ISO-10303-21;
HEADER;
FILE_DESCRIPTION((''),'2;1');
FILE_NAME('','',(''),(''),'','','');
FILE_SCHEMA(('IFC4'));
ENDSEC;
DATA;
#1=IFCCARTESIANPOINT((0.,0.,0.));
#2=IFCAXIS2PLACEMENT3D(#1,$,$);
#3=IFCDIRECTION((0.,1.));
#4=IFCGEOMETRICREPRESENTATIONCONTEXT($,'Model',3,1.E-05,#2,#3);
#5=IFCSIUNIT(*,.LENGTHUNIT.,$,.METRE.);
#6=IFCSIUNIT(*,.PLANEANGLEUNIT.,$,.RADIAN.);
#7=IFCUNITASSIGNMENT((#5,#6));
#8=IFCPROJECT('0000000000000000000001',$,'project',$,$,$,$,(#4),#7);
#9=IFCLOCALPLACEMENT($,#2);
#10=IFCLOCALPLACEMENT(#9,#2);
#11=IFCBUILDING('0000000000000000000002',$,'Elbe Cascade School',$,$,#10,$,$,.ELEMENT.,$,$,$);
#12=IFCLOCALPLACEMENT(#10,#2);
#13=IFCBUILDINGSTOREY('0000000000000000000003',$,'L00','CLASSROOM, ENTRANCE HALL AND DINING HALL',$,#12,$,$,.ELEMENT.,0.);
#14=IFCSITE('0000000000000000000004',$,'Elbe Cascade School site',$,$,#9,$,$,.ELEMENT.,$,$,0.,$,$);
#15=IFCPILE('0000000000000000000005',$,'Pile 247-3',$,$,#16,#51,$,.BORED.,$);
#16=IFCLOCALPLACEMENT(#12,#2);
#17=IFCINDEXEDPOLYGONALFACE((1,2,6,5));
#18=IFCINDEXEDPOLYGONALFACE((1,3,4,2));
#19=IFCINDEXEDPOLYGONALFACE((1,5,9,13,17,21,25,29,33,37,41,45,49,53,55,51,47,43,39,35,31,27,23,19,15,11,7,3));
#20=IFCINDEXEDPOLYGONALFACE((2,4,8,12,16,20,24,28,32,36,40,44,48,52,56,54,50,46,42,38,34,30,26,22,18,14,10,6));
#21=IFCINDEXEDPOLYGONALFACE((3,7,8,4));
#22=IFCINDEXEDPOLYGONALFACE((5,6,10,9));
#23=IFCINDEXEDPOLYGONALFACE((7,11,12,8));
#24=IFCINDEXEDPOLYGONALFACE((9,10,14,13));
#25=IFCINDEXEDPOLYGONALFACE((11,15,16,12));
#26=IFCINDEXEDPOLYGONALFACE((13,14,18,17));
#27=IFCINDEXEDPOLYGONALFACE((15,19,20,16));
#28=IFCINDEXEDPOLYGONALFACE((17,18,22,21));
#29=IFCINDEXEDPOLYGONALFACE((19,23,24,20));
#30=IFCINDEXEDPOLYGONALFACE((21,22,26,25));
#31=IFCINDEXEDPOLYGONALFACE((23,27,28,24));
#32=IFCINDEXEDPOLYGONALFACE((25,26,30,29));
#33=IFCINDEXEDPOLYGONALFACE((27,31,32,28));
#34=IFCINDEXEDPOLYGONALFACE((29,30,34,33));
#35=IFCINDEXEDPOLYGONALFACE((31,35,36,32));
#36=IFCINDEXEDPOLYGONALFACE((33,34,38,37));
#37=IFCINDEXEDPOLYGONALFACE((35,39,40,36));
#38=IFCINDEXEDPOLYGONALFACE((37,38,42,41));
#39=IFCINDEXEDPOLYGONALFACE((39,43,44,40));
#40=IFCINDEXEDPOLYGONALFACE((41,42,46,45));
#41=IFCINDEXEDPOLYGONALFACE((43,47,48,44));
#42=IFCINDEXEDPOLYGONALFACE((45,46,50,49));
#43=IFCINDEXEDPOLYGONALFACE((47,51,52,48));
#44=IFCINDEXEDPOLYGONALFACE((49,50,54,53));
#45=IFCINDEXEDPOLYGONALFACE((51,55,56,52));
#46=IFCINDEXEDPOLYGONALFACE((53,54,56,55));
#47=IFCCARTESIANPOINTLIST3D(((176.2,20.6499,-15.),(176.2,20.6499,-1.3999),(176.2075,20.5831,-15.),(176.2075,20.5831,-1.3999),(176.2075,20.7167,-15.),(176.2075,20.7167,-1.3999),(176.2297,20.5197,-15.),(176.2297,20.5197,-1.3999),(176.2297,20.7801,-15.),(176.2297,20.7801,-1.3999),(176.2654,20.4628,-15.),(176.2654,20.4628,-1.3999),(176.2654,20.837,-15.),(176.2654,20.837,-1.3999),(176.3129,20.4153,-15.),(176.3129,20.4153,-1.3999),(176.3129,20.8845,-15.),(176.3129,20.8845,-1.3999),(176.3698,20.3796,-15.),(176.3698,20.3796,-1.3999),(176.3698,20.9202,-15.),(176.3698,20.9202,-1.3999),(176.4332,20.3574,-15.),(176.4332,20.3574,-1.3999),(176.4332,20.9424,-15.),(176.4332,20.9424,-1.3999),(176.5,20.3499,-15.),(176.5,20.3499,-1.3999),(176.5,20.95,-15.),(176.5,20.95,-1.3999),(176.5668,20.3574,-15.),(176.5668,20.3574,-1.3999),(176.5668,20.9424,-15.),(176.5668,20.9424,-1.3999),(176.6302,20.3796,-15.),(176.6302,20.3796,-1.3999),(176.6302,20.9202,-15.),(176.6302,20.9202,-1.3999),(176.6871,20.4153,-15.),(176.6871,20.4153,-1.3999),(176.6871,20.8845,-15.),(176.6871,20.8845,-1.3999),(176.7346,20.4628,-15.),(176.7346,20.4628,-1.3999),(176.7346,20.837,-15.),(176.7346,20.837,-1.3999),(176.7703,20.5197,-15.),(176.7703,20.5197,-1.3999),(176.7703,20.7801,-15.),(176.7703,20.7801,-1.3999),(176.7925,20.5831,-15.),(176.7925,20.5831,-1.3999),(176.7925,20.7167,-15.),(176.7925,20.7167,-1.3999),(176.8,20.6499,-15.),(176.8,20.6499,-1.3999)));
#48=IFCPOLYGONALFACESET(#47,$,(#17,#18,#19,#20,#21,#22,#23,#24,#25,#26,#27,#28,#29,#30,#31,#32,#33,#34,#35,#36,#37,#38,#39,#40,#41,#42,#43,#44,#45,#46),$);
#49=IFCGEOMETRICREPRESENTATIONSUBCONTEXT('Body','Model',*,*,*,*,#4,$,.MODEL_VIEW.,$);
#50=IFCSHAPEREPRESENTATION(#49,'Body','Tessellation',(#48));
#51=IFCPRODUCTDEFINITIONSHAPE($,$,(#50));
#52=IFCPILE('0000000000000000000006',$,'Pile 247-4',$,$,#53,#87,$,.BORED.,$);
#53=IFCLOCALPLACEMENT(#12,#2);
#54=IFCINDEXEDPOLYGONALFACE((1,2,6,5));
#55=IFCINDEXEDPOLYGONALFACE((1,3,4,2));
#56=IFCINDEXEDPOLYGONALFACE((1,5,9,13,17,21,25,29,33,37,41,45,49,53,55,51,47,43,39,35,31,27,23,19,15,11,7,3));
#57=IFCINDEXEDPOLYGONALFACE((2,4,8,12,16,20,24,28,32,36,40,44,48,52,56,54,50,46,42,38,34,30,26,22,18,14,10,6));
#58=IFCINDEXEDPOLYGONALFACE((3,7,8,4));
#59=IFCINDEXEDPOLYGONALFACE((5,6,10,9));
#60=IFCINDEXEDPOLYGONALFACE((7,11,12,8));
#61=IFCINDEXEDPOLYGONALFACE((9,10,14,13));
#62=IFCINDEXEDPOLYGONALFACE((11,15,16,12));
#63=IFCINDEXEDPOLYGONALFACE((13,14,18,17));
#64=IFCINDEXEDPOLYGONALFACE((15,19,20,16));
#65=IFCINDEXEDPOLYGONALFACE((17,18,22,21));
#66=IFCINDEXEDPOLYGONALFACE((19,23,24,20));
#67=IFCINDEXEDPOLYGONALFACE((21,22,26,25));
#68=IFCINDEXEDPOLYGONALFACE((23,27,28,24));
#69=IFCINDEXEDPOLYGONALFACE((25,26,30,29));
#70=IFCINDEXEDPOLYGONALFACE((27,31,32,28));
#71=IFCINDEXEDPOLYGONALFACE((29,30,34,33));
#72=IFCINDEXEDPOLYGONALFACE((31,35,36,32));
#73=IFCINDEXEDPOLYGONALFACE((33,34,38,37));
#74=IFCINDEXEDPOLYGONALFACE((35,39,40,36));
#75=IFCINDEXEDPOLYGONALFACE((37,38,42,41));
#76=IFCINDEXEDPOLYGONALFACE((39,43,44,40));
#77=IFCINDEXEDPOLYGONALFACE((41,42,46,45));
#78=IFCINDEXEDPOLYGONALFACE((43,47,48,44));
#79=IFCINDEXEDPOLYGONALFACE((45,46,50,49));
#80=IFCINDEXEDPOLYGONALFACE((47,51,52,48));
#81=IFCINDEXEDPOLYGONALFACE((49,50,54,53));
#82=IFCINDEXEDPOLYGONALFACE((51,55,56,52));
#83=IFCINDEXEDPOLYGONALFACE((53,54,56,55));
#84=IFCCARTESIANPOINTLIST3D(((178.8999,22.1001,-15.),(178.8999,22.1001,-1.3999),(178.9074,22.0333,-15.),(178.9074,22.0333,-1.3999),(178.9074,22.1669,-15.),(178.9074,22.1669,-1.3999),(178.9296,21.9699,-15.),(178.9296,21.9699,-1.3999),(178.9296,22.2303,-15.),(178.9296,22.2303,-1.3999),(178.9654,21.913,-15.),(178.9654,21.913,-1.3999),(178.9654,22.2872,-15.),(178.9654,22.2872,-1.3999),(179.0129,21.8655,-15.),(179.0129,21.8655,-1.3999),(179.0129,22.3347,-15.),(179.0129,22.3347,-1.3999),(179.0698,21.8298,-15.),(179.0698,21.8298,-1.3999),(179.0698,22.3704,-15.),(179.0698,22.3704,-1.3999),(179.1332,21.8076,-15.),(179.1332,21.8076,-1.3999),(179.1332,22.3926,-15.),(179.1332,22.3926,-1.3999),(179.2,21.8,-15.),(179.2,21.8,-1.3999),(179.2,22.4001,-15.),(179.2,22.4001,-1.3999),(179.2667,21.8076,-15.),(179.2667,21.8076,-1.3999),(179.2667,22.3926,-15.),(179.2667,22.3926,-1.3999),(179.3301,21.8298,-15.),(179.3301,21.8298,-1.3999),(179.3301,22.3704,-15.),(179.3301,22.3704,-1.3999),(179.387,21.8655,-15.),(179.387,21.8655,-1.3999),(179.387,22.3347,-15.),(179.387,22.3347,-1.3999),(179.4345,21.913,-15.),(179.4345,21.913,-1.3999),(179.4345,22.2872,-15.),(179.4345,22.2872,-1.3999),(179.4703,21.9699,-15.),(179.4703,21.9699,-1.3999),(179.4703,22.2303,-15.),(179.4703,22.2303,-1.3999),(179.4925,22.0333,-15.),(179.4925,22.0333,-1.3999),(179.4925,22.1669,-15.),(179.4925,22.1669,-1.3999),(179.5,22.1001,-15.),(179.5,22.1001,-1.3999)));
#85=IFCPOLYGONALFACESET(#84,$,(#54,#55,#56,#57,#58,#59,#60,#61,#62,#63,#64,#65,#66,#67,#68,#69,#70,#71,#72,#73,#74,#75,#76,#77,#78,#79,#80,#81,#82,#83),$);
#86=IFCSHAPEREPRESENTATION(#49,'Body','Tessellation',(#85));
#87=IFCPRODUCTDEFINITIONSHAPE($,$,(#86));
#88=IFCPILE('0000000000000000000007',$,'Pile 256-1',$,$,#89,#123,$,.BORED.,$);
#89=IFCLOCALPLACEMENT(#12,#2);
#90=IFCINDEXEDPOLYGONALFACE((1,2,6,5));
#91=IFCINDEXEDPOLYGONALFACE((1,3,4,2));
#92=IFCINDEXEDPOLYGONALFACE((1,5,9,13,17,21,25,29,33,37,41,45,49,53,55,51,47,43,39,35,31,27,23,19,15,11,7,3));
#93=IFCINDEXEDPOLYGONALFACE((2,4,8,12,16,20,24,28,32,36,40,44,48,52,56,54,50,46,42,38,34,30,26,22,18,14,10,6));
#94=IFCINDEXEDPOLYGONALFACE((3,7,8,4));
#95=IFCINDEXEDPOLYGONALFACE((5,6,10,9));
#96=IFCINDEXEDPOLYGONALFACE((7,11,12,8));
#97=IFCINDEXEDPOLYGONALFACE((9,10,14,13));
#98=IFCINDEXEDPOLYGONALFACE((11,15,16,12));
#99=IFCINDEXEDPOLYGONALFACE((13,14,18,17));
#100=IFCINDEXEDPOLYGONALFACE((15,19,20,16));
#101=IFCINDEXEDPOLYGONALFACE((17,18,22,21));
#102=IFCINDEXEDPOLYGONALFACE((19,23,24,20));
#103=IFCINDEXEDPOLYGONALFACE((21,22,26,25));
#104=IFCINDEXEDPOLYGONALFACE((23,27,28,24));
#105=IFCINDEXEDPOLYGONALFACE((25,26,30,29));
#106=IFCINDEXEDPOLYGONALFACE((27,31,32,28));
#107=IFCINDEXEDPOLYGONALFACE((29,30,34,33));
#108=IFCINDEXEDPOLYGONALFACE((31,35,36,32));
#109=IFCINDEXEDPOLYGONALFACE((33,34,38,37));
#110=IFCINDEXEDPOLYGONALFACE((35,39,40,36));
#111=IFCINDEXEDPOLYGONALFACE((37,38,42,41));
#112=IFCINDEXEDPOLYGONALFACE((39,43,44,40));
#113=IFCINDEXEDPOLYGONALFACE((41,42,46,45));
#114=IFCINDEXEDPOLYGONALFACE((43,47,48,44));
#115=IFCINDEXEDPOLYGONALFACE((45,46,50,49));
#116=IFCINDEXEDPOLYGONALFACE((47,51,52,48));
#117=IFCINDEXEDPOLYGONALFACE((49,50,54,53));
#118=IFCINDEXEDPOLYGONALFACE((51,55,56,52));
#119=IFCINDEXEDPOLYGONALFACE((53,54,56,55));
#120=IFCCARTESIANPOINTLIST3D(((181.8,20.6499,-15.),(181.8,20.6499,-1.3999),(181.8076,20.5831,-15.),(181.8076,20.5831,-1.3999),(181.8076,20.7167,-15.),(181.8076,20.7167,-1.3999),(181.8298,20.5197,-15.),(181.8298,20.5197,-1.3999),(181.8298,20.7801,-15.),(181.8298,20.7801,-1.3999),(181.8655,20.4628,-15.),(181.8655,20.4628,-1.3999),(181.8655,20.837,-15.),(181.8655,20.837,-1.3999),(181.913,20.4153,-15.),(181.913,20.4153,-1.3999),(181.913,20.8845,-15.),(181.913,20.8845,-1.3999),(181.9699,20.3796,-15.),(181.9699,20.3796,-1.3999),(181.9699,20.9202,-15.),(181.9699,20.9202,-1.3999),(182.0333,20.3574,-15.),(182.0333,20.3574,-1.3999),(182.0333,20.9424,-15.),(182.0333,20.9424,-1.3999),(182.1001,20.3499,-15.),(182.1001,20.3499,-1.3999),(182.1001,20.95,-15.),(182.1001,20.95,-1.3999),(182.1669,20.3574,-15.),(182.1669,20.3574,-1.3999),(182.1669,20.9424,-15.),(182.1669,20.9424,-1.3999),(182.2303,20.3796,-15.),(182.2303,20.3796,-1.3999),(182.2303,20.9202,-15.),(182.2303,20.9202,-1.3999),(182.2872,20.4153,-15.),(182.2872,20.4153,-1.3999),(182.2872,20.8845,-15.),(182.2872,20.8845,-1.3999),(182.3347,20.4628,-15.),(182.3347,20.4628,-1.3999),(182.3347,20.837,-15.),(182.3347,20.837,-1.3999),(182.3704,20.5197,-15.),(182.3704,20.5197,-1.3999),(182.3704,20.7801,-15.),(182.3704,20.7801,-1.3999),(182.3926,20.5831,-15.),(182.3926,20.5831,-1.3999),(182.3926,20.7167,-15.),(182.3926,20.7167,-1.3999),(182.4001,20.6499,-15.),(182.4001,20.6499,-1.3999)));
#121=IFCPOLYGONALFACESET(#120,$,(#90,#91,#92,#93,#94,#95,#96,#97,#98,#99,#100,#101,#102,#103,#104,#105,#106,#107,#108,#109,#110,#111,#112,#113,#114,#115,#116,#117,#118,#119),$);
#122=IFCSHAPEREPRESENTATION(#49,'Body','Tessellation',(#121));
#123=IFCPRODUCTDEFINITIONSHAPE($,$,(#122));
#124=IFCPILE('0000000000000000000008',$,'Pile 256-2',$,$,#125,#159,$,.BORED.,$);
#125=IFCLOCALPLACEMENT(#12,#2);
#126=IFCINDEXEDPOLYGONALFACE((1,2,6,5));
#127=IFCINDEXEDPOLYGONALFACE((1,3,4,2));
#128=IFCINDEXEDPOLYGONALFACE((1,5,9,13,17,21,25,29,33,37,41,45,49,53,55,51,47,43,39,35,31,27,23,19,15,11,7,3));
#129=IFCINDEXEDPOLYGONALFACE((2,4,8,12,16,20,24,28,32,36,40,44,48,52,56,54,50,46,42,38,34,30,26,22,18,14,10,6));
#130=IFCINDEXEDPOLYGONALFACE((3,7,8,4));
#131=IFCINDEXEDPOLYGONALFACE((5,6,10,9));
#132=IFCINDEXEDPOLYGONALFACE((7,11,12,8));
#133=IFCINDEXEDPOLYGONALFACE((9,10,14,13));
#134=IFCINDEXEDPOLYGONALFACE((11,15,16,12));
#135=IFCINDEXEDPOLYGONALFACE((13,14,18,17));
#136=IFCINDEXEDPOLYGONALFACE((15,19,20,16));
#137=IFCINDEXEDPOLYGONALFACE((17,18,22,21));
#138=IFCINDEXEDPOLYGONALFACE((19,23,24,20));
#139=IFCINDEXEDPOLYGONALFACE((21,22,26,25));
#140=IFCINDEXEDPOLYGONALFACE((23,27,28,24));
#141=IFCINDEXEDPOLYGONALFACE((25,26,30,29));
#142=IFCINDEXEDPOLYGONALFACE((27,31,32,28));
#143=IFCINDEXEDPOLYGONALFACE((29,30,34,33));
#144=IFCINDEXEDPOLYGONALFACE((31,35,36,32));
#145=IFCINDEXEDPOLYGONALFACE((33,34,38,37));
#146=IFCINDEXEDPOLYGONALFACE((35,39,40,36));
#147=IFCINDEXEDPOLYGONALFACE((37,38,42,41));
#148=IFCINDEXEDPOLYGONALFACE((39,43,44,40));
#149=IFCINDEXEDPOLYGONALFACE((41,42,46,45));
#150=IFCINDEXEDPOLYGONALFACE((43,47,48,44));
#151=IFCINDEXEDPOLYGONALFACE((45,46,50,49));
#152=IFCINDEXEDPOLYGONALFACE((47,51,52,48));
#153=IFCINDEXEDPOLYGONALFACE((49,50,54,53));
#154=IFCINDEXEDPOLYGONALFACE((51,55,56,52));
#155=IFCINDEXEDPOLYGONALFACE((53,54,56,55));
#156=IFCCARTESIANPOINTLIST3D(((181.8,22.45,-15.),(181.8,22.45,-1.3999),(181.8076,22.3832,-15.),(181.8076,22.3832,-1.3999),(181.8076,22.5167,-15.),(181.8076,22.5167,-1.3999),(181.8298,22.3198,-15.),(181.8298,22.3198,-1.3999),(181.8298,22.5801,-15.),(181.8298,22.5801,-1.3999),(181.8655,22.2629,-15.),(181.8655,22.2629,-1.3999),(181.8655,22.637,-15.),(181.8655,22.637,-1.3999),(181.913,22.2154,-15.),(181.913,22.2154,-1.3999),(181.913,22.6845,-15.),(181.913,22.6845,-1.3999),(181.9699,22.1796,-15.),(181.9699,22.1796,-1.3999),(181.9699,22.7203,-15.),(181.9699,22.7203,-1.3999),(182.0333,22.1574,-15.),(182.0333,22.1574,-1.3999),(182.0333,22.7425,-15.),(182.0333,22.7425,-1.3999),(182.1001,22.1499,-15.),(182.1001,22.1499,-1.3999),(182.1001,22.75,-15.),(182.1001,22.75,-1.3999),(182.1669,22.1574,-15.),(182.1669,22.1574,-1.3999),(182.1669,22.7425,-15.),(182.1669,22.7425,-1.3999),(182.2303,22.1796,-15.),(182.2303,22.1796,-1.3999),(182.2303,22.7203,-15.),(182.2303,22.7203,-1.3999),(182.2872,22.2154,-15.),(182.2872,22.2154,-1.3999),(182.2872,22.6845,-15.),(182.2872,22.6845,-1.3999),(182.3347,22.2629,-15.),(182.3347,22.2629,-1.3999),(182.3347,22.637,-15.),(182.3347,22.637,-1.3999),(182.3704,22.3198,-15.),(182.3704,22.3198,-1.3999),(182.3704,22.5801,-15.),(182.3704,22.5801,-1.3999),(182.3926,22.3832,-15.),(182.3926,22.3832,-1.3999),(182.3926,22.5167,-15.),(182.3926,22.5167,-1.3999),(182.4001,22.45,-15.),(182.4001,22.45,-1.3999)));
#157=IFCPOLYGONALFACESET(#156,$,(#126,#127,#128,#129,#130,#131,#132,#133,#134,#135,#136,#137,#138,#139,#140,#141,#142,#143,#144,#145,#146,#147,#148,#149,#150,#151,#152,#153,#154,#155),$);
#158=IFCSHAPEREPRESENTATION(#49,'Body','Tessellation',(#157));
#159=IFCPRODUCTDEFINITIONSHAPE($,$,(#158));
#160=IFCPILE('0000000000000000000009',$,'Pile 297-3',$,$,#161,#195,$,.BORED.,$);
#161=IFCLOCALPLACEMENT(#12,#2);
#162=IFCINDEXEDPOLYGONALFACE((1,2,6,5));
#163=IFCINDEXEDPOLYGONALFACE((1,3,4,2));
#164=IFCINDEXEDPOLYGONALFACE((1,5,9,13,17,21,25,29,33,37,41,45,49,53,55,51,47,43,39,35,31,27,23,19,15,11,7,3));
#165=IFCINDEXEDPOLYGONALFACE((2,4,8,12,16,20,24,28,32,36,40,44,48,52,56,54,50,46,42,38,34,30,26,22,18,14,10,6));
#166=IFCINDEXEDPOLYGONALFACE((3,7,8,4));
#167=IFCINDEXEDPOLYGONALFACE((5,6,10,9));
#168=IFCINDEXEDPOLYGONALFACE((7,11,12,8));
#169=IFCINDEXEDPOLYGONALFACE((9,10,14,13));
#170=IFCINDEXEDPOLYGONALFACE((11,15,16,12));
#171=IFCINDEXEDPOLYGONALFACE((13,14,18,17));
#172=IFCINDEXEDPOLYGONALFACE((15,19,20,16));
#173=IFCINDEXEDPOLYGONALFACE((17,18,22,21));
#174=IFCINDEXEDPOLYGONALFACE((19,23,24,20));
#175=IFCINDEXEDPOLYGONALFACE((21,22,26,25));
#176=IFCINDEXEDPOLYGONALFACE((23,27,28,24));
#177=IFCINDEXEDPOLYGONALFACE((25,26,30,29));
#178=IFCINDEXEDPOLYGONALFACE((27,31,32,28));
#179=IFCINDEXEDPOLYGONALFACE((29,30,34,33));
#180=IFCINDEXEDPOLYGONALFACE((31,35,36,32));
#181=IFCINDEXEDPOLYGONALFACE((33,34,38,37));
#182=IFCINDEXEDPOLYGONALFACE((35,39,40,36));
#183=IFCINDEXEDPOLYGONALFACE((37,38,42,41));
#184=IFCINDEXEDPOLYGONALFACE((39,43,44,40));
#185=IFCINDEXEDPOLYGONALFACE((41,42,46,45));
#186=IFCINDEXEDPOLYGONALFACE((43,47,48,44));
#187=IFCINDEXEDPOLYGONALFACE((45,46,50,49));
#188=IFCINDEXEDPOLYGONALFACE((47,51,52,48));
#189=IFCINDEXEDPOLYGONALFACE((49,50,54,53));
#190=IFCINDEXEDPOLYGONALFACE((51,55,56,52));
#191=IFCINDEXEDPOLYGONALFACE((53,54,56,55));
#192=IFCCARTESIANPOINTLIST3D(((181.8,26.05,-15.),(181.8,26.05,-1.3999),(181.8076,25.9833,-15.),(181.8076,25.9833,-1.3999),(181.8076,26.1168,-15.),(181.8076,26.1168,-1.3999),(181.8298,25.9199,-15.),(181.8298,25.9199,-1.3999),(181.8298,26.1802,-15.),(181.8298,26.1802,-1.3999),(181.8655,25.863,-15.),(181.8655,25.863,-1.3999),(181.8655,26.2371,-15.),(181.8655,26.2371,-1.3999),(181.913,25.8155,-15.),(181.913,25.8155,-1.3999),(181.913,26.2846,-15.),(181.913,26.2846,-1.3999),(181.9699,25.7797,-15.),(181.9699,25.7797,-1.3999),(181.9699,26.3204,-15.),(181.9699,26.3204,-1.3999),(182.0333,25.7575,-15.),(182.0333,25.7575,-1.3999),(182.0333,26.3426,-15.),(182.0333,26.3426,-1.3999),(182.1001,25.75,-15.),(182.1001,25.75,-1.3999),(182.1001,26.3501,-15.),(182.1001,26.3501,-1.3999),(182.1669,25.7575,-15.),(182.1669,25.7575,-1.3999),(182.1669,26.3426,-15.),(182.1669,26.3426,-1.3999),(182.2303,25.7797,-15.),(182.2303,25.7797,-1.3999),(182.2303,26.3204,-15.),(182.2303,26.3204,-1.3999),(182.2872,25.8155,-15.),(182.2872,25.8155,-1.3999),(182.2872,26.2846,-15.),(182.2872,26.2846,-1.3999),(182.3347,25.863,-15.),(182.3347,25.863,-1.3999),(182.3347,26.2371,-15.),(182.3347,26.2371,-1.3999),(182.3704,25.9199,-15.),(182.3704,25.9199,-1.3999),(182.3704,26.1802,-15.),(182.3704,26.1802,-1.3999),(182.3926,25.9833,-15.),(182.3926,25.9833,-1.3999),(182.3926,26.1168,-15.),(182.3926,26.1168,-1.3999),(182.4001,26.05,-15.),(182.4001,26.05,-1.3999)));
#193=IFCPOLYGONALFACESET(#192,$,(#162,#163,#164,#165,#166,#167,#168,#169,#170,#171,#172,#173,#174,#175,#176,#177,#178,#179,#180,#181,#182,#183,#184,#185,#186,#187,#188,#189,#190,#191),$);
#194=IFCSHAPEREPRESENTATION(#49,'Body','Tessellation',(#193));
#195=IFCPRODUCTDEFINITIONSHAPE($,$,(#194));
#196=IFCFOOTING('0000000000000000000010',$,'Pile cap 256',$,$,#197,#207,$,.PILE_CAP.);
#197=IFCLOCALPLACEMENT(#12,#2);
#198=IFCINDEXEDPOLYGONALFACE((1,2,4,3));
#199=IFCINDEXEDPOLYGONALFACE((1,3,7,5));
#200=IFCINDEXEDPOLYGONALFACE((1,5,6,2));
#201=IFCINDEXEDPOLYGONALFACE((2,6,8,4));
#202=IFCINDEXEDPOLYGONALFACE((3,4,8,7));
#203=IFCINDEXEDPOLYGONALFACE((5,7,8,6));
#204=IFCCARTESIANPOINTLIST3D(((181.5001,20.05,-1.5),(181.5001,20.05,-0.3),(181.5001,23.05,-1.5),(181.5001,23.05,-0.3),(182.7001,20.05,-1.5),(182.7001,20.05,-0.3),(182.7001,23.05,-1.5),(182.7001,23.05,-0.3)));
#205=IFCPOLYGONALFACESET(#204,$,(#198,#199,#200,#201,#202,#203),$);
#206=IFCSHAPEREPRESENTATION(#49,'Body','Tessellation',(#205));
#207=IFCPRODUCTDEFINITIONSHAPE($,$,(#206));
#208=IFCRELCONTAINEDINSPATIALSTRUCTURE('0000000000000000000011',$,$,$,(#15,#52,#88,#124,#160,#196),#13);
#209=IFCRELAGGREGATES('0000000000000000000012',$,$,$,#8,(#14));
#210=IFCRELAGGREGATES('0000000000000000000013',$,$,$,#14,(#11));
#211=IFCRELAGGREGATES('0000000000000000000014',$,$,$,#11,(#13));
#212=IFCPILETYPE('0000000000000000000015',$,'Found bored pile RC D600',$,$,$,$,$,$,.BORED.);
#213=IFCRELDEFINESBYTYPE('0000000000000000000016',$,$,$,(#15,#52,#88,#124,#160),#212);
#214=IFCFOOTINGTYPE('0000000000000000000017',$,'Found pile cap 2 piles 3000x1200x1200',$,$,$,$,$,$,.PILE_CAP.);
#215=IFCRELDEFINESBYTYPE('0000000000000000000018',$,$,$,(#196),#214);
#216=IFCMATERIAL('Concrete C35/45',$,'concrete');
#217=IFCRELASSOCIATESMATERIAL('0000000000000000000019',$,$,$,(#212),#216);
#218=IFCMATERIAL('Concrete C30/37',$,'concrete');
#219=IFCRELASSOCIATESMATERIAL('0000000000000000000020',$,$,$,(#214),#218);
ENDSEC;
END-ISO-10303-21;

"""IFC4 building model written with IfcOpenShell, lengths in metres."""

from ifc_helpers import new_model, si_unit, direction, frame, origin, origin_2d, place, context, subcontext, project, spatial, rectangle, circle, extrude, material, material_profile, profile_set, type_object, element, save


model = new_model("IFC4")

# Units and contexts
model_context = context("Model", 3, precision=1e-05, world=origin(), true_north=direction((0.0, 1.0)))
body_context = subcontext(model_context, "Body", "Model", "MODEL_VIEW")
ifc_project = project(units=[si_unit("LENGTHUNIT", "METRE"), si_unit("PLANEANGLEUNIT", "RADIAN")], contexts=[model_context])

# Site, building, storey
site_placement = place(None, origin())
site = spatial("IfcSite", under=ifc_project, at=site_placement, Name="Elbe Cascade School site", CompositionType="ELEMENT", RefElevation=0.0)
building_placement = place(site_placement, origin())
building = spatial("IfcBuilding", under=site, at=building_placement, Name="Elbe Cascade School", CompositionType="ELEMENT")
storey_placement = place(building_placement, origin())
storey = spatial("IfcBuildingStorey", under=building, at=storey_placement, Name="L00", Description="CLASSROOM, ENTRANCE HALL AND DINING HALL", CompositionType="ELEMENT", Elevation=0.0)

# Piles
ifc_material_1 = material(Name="Concrete C35/45", Category="concrete")
ifc_material_profile_1 = material_profile(ifc_material_1, circle(Radius=0.3, at=origin_2d()), Name="RC D600")
ifc_profile_set_1 = profile_set([ifc_material_profile_1], Name="Concrete C35/45")
pile_type = type_object("IfcPileType", Name="Found bored pile RC D600", PredefinedType="BORED", material=ifc_profile_set_1)
for number, where, z_axis, x_axis, name in (
    (1, (176.5, 20.6499, -1.3999), (0.0, 0.0, -1.0), (1.0, 0.0, 0.0), "Pile 247-3"),
    (2, (179.2, 22.1001, -1.3999), (0.0, 0.0, -1.0), (1.0, 0.0, 0.0), "Pile 247-4"),
    (3, (182.1001, 20.6499, -1.3999), (0.0, 0.0, -1.0), (1.0, 0.0, 0.0), "Pile 256-1"),
    (4, (182.1001, 22.45, -1.3999), (0.0, 0.0, -1.0), (1.0, 0.0, 0.0), "Pile 256-2"),
    (5, (182.1001, 26.05, -1.3999), (0.0, 0.0, -1.0), (1.0, 0.0, 0.0), "Pile 297-3"),
):
    element("IfcPile", number, at=place(storey_placement, frame(where, z_axis=z_axis, x_axis=x_axis)), inside=storey, type_object=pile_type, Name=name, PredefinedType="BORED", context=body_context, shape_type="SweptSolid", body=[
        extrude(circle(Radius=0.3, at=origin_2d()), origin(), (0.0, 0.0, 1.0), 13.6001),
    ])

# Footing
ifc_material_2 = material(Name="Concrete C30/37", Category="concrete")
footing_type_1 = type_object("IfcFootingType", Name="Found pile cap 2 piles 3000x1200x1200", PredefinedType="PILE_CAP", material=ifc_material_2)
footing_1_placement = place(storey_placement, frame((182.1001, 21.55, -1.5), z_axis=(0.0, 0.0, 1.0), x_axis=(1.0, 0.0, 0.0)))
element("IfcFooting", 6, at=footing_1_placement, inside=storey, type_object=footing_type_1, Name="Pile cap 256", PredefinedType="PILE_CAP", context=body_context, shape_type="SweptSolid", body=[
    extrude(rectangle(XDim=1.2, YDim=3.0, at=origin_2d()), origin(), (0.0, 0.0, 1.0), 1.2),
])

save(model, "model.ifc")
